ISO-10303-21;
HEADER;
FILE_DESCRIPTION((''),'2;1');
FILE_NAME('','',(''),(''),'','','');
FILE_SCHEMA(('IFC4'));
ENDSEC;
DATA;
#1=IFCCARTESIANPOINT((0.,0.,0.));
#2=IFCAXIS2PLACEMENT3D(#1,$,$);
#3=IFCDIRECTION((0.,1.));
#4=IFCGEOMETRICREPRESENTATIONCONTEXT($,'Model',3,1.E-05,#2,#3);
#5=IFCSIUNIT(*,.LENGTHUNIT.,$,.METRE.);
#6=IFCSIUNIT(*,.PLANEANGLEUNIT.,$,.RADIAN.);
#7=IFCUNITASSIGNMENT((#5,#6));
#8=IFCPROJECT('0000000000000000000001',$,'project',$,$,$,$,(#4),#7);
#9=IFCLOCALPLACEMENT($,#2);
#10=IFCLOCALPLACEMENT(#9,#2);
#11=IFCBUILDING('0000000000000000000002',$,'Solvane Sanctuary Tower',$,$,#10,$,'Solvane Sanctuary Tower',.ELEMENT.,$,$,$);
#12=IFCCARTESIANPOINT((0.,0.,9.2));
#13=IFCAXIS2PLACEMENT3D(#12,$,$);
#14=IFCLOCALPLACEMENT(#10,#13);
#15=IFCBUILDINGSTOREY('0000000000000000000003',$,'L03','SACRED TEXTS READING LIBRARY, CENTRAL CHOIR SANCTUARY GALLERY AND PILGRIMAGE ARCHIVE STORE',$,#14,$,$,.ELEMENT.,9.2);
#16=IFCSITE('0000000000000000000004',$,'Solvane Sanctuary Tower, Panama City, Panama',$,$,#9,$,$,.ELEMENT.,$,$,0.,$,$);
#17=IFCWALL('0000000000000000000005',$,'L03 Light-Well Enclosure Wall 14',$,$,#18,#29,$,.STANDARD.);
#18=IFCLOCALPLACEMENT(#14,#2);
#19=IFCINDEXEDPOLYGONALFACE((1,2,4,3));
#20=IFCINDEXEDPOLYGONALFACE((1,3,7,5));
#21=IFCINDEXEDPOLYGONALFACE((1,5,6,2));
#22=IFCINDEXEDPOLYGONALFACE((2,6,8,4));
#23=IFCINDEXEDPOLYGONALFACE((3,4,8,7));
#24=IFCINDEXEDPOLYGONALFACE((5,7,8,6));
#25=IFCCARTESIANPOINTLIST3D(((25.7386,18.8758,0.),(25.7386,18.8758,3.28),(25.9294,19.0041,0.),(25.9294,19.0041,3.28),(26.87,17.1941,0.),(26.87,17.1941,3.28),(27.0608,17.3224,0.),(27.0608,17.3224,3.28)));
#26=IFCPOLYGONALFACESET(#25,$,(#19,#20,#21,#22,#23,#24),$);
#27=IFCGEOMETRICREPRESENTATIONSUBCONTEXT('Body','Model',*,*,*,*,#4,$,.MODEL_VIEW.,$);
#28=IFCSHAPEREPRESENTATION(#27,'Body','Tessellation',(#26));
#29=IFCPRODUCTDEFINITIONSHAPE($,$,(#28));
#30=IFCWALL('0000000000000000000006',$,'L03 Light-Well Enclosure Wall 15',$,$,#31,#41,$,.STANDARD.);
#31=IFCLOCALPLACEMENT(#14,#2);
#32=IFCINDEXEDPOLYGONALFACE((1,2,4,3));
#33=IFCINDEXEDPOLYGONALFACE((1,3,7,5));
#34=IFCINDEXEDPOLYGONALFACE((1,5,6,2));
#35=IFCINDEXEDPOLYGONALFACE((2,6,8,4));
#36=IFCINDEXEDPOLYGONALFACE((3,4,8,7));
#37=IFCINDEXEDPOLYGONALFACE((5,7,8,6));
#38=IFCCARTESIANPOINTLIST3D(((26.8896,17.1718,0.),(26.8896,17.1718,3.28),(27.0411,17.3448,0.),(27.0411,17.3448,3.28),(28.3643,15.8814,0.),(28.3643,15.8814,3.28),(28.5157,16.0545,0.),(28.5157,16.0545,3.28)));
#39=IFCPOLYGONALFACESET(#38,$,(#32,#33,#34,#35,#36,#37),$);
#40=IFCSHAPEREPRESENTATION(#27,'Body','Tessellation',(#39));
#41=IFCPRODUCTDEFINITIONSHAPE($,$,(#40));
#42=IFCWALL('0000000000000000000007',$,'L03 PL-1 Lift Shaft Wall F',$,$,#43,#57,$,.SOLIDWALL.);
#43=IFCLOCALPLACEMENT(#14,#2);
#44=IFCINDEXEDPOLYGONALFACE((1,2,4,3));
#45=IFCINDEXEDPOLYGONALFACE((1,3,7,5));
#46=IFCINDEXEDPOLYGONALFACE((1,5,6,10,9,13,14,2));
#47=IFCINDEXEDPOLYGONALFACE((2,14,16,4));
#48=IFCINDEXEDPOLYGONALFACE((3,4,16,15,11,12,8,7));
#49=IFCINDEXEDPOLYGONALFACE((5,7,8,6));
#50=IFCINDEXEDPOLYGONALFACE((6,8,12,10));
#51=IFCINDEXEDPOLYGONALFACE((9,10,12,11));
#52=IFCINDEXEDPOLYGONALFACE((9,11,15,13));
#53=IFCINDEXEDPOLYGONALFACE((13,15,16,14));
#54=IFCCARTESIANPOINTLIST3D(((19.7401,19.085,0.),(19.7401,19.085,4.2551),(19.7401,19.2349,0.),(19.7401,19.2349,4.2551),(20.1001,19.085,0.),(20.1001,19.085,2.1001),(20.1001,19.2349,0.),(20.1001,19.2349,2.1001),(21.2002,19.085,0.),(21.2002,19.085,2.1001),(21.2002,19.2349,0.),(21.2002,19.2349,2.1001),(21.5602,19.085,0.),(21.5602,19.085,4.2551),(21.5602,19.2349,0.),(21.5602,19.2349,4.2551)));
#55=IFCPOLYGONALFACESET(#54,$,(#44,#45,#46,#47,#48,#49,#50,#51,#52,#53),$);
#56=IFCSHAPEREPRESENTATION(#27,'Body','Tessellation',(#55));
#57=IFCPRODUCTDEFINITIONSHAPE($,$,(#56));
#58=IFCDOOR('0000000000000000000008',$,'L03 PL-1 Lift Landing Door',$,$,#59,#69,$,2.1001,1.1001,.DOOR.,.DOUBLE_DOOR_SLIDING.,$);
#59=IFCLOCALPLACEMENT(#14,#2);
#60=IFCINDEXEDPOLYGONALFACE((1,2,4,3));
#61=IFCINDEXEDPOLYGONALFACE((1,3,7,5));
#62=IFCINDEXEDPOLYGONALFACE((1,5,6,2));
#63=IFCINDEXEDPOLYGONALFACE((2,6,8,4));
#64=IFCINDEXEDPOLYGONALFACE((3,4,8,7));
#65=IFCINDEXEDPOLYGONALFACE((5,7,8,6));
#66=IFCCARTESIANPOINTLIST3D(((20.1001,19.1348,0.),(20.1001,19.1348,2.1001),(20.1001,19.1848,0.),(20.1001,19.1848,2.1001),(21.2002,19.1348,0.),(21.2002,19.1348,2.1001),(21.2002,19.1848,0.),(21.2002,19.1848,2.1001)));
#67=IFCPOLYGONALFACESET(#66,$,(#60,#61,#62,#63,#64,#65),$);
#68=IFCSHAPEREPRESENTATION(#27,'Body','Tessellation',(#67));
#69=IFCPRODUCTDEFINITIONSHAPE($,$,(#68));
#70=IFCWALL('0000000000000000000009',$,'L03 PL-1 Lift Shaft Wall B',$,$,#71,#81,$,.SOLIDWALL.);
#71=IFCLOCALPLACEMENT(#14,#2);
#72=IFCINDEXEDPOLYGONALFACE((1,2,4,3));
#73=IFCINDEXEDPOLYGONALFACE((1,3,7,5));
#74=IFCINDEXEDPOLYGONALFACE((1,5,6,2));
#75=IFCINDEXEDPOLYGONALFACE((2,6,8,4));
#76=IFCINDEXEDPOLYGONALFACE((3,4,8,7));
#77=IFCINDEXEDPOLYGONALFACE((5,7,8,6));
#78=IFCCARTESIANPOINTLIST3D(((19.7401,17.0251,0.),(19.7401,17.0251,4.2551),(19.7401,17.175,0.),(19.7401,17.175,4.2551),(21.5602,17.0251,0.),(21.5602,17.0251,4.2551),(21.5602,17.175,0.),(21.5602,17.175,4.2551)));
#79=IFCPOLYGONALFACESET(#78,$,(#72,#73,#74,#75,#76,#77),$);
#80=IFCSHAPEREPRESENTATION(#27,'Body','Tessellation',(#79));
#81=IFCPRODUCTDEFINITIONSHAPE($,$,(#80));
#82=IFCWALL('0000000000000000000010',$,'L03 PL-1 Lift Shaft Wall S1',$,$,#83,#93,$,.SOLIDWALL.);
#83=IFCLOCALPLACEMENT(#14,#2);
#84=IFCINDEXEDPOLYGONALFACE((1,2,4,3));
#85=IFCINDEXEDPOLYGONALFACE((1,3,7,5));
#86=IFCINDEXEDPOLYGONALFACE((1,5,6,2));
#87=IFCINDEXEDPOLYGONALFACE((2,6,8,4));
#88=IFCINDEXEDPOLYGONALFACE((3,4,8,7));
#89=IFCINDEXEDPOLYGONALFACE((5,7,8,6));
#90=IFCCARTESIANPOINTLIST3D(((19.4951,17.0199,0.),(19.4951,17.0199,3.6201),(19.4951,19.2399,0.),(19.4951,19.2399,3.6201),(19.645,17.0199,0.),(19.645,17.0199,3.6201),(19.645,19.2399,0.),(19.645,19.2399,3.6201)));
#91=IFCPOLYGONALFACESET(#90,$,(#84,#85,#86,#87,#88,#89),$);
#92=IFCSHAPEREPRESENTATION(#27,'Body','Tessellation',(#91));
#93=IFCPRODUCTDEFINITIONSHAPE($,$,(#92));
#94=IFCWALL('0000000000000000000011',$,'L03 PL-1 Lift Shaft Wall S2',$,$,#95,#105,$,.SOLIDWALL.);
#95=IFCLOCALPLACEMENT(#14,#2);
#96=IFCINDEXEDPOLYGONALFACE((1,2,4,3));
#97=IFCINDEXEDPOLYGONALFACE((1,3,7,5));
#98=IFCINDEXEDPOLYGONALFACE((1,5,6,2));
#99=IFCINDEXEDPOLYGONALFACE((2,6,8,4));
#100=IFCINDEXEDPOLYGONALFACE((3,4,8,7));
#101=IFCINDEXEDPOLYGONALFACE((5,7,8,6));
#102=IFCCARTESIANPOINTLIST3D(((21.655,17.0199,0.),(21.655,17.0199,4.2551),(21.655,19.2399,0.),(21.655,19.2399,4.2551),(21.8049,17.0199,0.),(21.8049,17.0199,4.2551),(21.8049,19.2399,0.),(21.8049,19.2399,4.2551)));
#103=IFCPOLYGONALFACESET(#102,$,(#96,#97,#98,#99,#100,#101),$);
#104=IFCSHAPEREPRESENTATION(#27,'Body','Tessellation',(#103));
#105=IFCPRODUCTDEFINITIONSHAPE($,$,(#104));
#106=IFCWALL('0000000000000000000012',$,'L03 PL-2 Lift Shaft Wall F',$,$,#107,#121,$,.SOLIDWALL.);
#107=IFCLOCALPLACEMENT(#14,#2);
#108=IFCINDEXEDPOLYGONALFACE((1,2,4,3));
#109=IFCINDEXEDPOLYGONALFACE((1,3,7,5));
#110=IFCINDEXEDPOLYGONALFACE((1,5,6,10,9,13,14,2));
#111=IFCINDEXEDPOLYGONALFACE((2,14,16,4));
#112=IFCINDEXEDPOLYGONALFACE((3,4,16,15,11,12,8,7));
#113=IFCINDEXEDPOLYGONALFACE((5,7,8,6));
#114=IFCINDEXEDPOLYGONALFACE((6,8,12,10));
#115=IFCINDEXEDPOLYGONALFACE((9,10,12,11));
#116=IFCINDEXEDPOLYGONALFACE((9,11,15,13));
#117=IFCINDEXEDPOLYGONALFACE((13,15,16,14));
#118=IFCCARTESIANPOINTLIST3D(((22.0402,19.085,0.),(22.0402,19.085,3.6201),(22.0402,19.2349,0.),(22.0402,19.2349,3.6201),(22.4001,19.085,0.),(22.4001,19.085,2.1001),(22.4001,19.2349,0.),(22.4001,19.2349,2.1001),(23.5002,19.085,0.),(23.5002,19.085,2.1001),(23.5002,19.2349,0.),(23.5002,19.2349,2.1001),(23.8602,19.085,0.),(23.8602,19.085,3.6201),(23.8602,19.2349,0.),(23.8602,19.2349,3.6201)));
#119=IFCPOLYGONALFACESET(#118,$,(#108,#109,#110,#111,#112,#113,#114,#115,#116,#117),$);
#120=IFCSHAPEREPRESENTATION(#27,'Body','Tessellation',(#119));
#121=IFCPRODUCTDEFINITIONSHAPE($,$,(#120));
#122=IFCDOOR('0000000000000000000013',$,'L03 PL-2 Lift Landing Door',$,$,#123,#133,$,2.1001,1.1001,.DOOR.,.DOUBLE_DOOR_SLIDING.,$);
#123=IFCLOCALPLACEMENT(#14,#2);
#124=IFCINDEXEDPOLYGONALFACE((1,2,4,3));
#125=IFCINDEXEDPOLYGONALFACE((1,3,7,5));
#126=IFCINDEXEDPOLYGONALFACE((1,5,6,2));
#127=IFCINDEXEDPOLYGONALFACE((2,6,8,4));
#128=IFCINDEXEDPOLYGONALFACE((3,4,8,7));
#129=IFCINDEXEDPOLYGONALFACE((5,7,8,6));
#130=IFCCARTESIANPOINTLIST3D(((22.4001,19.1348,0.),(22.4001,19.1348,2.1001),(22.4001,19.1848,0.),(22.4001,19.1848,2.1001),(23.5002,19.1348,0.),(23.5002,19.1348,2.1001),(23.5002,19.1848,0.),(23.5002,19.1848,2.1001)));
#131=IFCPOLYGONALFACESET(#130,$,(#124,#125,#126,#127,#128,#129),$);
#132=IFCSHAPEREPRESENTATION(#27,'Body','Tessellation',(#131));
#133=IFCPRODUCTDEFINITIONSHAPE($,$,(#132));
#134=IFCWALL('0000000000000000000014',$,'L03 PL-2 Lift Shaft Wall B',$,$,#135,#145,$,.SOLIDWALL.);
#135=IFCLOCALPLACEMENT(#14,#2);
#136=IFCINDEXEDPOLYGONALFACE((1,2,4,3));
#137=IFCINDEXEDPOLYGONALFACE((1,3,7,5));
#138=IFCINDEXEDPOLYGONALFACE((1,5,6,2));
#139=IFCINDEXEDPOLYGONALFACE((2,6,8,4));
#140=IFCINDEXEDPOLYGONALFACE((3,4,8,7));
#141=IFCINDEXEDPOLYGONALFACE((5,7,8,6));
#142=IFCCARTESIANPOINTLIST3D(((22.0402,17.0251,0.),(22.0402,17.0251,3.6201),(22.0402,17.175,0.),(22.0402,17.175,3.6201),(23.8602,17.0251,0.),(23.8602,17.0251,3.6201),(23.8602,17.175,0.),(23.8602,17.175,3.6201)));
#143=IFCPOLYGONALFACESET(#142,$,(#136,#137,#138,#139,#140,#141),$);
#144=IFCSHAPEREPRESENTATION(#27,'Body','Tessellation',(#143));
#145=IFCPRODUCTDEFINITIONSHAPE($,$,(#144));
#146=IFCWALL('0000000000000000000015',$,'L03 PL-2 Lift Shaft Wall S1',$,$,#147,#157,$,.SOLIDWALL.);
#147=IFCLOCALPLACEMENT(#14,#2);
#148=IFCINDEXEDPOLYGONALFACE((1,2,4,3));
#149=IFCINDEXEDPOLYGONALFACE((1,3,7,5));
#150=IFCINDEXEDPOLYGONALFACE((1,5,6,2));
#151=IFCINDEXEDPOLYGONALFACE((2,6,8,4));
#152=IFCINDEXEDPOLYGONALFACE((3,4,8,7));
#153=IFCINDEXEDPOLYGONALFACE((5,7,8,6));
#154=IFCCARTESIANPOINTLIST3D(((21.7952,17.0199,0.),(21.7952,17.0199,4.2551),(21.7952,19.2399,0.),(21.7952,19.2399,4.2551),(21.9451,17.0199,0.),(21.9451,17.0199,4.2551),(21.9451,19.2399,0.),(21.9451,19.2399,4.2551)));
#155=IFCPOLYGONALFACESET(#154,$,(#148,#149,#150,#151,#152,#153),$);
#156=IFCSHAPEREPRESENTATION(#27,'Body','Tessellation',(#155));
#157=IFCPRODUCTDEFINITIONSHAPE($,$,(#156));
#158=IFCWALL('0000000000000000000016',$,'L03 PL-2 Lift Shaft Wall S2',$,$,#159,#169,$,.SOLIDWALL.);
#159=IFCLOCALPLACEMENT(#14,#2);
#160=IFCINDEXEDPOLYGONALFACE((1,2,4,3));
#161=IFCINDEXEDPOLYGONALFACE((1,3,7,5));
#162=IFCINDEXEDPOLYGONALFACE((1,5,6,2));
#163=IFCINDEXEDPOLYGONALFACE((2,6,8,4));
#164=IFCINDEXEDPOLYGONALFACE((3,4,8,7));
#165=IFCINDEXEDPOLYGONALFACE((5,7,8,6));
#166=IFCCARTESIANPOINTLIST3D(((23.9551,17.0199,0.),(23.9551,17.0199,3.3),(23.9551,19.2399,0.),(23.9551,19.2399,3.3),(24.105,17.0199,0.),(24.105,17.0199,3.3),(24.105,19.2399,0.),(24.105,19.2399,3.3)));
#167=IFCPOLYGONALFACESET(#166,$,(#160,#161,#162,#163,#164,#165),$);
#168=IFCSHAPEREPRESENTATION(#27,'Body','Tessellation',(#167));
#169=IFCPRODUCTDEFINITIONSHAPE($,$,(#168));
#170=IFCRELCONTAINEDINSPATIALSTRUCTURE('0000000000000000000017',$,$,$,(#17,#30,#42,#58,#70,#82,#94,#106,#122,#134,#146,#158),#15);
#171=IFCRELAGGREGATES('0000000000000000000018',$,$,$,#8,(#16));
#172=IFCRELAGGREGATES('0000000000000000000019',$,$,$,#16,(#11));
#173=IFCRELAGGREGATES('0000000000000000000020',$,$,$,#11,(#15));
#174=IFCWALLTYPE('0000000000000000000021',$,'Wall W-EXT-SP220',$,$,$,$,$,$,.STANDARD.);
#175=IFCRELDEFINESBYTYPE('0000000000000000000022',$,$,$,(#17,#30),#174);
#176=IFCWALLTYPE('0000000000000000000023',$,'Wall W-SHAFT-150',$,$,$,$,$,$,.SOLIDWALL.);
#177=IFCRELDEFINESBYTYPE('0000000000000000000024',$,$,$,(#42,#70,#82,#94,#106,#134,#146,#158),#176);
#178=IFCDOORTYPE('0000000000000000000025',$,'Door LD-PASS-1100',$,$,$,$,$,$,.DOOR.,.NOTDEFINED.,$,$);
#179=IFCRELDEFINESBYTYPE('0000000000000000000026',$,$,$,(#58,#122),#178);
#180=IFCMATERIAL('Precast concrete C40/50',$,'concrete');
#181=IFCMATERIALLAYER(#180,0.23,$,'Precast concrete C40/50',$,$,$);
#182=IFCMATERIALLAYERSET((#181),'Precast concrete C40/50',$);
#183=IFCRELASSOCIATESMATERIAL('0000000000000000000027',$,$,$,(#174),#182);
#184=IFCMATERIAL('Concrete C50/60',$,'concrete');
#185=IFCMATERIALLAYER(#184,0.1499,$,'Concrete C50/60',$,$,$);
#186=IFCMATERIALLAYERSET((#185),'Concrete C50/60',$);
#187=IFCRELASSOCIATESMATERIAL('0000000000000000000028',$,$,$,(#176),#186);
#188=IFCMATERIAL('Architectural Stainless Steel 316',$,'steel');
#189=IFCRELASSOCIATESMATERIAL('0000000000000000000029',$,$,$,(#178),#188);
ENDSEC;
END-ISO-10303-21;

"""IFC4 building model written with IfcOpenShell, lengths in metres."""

from ifc_helpers import new_model, si_unit, direction, frame, frame_2d, origin, place, context, subcontext, project, spatial, rectangle, extrude, material, layer, layer_set, type_object, element, fill, save


model = new_model("IFC4")

# Units and contexts
model_context = context("Model", 3, precision=1e-05, world=origin(), true_north=direction((0.0, 1.0)))
body_context = subcontext(model_context, "Body", "Model", "MODEL_VIEW")
ifc_project = project(units=[si_unit("LENGTHUNIT", "METRE"), si_unit("PLANEANGLEUNIT", "RADIAN")], contexts=[model_context])

# Site, building, storey
site_placement = place(None, origin())
site = spatial("IfcSite", under=ifc_project, at=site_placement, Name="Solvane Sanctuary Tower, Panama City, Panama", CompositionType="ELEMENT", RefElevation=0.0)
building_placement = place(site_placement, origin())
building = spatial("IfcBuilding", under=site, at=building_placement, Name="Solvane Sanctuary Tower", LongName="Solvane Sanctuary Tower", CompositionType="ELEMENT")
storey_placement = place(building_placement, frame((0.0, 0.0, 9.2)))
storey = spatial("IfcBuildingStorey", under=building, at=storey_placement, Name="L03", Description="SACRED TEXTS READING LIBRARY, CENTRAL CHOIR SANCTUARY GALLERY AND PILGRIMAGE ARCHIVE STORE", CompositionType="ELEMENT", Elevation=9.2)

# Walls
ifc_material_1 = material(Name="Precast concrete C40/50", Category="concrete")
ifc_layer_1 = layer(ifc_material_1, 0.23, Name="Precast concrete C40/50")
ifc_layer_set_1 = layer_set([ifc_layer_1], Name="Precast concrete C40/50")
wall_type_1 = type_object("IfcWallType", Name="Wall W-EXT-SP220", PredefinedType="STANDARD", material=ifc_layer_set_1)
wall_1_placement = place(storey_placement, frame((25.834, 18.9399, 0.0), z_axis=(0.0, 0.0, 1.0), x_axis=(0.558198, -0.829708, 0.0)))
element("IfcWall", 1, at=wall_1_placement, inside=storey, type_object=wall_type_1, Name="L03 Light-Well Enclosure Wall 14", PredefinedType="STANDARD", context=body_context, shape_type="SweptSolid", body=[
    extrude(rectangle(XDim=2.0269, YDim=0.23, at=frame_2d((1.0134, 0.0))), origin(), (0.0, 0.0, 1.0), 3.28),
])
wall_2_placement = place(storey_placement, frame((26.9653, 17.2583, 0.0), z_axis=(0.0, 0.0, 1.0), x_axis=(0.752577, -0.658505, 0.0)))
element("IfcWall", 2, at=wall_2_placement, inside=storey, type_object=wall_type_1, Name="L03 Light-Well Enclosure Wall 15", PredefinedType="STANDARD", context=body_context, shape_type="SweptSolid", body=[
    extrude(rectangle(XDim=1.9595, YDim=0.23, at=frame_2d((0.9797, 0.0))), origin(), (0.0, 0.0, 1.0), 3.28),
])

# Wall, opening, door
ifc_material_2 = material(Name="Concrete C50/60", Category="concrete")
ifc_layer_2 = layer(ifc_material_2, 0.1499, Name="Concrete C50/60")
ifc_layer_set_2 = layer_set([ifc_layer_2], Name="Concrete C50/60")
wall_type_2 = type_object("IfcWallType", Name="Wall W-SHAFT-150", PredefinedType="SOLIDWALL", material=ifc_layer_set_2)
wall_3_placement = place(storey_placement, frame((19.74, 19.1599, 0.0), z_axis=(0.0, 0.0, 1.0), x_axis=(1.0, 0.0, 0.0)))
wall_3 = element("IfcWall", 3, at=wall_3_placement, inside=storey, type_object=wall_type_2, Name="L03 PL-1 Lift Shaft Wall F", PredefinedType="SOLIDWALL", context=body_context, shape_type="SweptSolid", body=[
    extrude(rectangle(XDim=1.8201, YDim=0.1499, at=frame_2d((0.9102, 0.0))), origin(), (0.0, 0.0, 1.0), 4.2551),
])
opening_1_placement = place(wall_3_placement, frame((0.3601, 0.0, 0.0)))
opening_1 = element("IfcOpeningElement", 4, at=opening_1_placement, cuts=wall_3, PredefinedType="OPENING", context=body_context, shape_type="SweptSolid", body=[
    extrude(rectangle(XDim=1.1001, YDim=2.1001, at=frame_2d((0.55, 1.05))), frame((0.0, 0.085, 0.0), z_axis=(0.0, -1.0, 0.0), x_axis=(1.0, 0.0, 0.0)), (0.0, 0.0, 1.0), 0.1699),
])
ifc_material_3 = material(Name="Architectural Stainless Steel 316", Category="steel")
door_type_1 = type_object("IfcDoorType", Name="Door LD-PASS-1100", OperationType="NOTDEFINED", PredefinedType="DOOR", material=ifc_material_3)
door_1_placement = place(opening_1_placement, origin())
door_1 = element("IfcDoor", 5, at=door_1_placement, inside=storey, type_object=door_type_1, Name="L03 PL-1 Lift Landing Door", OperationType="DOUBLE_DOOR_SLIDING", OverallHeight=2.1001, OverallWidth=1.1001, PredefinedType="DOOR", context=body_context, shape_type="SweptSolid", body=[
    extrude(rectangle(XDim=1.1001, YDim=2.1001, at=frame_2d((0.55, 1.05))), frame((0.0, 0.0249, 0.0), z_axis=(0.0, -1.0, 0.0), x_axis=(1.0, 0.0, 0.0)), (0.0, 0.0, 1.0), 0.05),
])
fill(opening_1, door_1)

# Walls
wall_4_placement = place(storey_placement, frame((19.74, 17.1001, 0.0), z_axis=(0.0, 0.0, 1.0), x_axis=(1.0, 0.0, 0.0)))
element("IfcWall", 6, at=wall_4_placement, inside=storey, type_object=wall_type_2, Name="L03 PL-1 Lift Shaft Wall B", PredefinedType="SOLIDWALL", context=body_context, shape_type="SweptSolid", body=[
    extrude(rectangle(XDim=1.8201, YDim=0.1499, at=frame_2d((0.9102, 0.0))), origin(), (0.0, 0.0, 1.0), 4.2551),
])
wall_5_placement = place(storey_placement, frame((19.5701, 17.02, 0.0), z_axis=(0.0, 0.0, 1.0), x_axis=(0.0, 1.0, 0.0)))
element("IfcWall", 7, at=wall_5_placement, inside=storey, type_object=wall_type_2, Name="L03 PL-1 Lift Shaft Wall S1", PredefinedType="SOLIDWALL", context=body_context, shape_type="SweptSolid", body=[
    extrude(rectangle(XDim=2.22, YDim=0.1499, at=frame_2d((1.1099, 0.0))), origin(), (0.0, 0.0, 1.0), 3.6201),
])
wall_6_placement = place(storey_placement, frame((21.73, 17.02, 0.0), z_axis=(0.0, 0.0, 1.0), x_axis=(0.0, 1.0, 0.0)))
element("IfcWall", 8, at=wall_6_placement, inside=storey, type_object=wall_type_2, Name="L03 PL-1 Lift Shaft Wall S2", PredefinedType="SOLIDWALL", context=body_context, shape_type="SweptSolid", body=[
    extrude(rectangle(XDim=2.22, YDim=0.1499, at=frame_2d((1.1099, 0.0))), origin(), (0.0, 0.0, 1.0), 4.2551),
])

# Wall, opening, door
wall_7_placement = place(storey_placement, frame((22.04, 19.1599, 0.0), z_axis=(0.0, 0.0, 1.0), x_axis=(1.0, 0.0, 0.0)))
wall_7 = element("IfcWall", 9, at=wall_7_placement, inside=storey, type_object=wall_type_2, Name="L03 PL-2 Lift Shaft Wall F", PredefinedType="SOLIDWALL", context=body_context, shape_type="SweptSolid", body=[
    extrude(rectangle(XDim=1.8201, YDim=0.1499, at=frame_2d((0.9102, 0.0))), origin(), (0.0, 0.0, 1.0), 3.6201),
])
opening_2_placement = place(wall_7_placement, frame((0.3601, 0.0, 0.0)))
opening_2 = element("IfcOpeningElement", 10, at=opening_2_placement, cuts=wall_7, PredefinedType="OPENING", context=body_context, shape_type="SweptSolid", body=[
    extrude(rectangle(XDim=1.1001, YDim=2.1001, at=frame_2d((0.55, 1.05))), frame((0.0, 0.085, 0.0), z_axis=(0.0, -1.0, 0.0), x_axis=(1.0, 0.0, 0.0)), (0.0, 0.0, 1.0), 0.1699),
])
door_2_placement = place(opening_2_placement, origin())
door_2 = element("IfcDoor", 11, at=door_2_placement, inside=storey, type_object=door_type_1, Name="L03 PL-2 Lift Landing Door", OperationType="DOUBLE_DOOR_SLIDING", OverallHeight=2.1001, OverallWidth=1.1001, PredefinedType="DOOR", context=body_context, shape_type="SweptSolid", body=[
    extrude(rectangle(XDim=1.1001, YDim=2.1001, at=frame_2d((0.55, 1.05))), frame((0.0, 0.0249, 0.0), z_axis=(0.0, -1.0, 0.0), x_axis=(1.0, 0.0, 0.0)), (0.0, 0.0, 1.0), 0.05),
])
fill(opening_2, door_2)

# Walls
wall_8_placement = place(storey_placement, frame((22.04, 17.1001, 0.0), z_axis=(0.0, 0.0, 1.0), x_axis=(1.0, 0.0, 0.0)))
element("IfcWall", 12, at=wall_8_placement, inside=storey, type_object=wall_type_2, Name="L03 PL-2 Lift Shaft Wall B", PredefinedType="SOLIDWALL", context=body_context, shape_type="SweptSolid", body=[
    extrude(rectangle(XDim=1.8201, YDim=0.1499, at=frame_2d((0.9102, 0.0))), origin(), (0.0, 0.0, 1.0), 3.6201),
])
wall_9_placement = place(storey_placement, frame((21.8701, 17.02, 0.0), z_axis=(0.0, 0.0, 1.0), x_axis=(0.0, 1.0, 0.0)))
element("IfcWall", 13, at=wall_9_placement, inside=storey, type_object=wall_type_2, Name="L03 PL-2 Lift Shaft Wall S1", PredefinedType="SOLIDWALL", context=body_context, shape_type="SweptSolid", body=[
    extrude(rectangle(XDim=2.22, YDim=0.1499, at=frame_2d((1.1099, 0.0))), origin(), (0.0, 0.0, 1.0), 4.2551),
])
wall_10_placement = place(storey_placement, frame((24.03, 17.02, 0.0), z_axis=(0.0, 0.0, 1.0), x_axis=(0.0, 1.0, 0.0)))
element("IfcWall", 14, at=wall_10_placement, inside=storey, type_object=wall_type_2, Name="L03 PL-2 Lift Shaft Wall S2", PredefinedType="SOLIDWALL", context=body_context, shape_type="SweptSolid", body=[
    extrude(rectangle(XDim=2.22, YDim=0.1499, at=frame_2d((1.1099, 0.0))), origin(), (0.0, 0.0, 1.0), 3.3),
])

save(model, "model.ifc")
